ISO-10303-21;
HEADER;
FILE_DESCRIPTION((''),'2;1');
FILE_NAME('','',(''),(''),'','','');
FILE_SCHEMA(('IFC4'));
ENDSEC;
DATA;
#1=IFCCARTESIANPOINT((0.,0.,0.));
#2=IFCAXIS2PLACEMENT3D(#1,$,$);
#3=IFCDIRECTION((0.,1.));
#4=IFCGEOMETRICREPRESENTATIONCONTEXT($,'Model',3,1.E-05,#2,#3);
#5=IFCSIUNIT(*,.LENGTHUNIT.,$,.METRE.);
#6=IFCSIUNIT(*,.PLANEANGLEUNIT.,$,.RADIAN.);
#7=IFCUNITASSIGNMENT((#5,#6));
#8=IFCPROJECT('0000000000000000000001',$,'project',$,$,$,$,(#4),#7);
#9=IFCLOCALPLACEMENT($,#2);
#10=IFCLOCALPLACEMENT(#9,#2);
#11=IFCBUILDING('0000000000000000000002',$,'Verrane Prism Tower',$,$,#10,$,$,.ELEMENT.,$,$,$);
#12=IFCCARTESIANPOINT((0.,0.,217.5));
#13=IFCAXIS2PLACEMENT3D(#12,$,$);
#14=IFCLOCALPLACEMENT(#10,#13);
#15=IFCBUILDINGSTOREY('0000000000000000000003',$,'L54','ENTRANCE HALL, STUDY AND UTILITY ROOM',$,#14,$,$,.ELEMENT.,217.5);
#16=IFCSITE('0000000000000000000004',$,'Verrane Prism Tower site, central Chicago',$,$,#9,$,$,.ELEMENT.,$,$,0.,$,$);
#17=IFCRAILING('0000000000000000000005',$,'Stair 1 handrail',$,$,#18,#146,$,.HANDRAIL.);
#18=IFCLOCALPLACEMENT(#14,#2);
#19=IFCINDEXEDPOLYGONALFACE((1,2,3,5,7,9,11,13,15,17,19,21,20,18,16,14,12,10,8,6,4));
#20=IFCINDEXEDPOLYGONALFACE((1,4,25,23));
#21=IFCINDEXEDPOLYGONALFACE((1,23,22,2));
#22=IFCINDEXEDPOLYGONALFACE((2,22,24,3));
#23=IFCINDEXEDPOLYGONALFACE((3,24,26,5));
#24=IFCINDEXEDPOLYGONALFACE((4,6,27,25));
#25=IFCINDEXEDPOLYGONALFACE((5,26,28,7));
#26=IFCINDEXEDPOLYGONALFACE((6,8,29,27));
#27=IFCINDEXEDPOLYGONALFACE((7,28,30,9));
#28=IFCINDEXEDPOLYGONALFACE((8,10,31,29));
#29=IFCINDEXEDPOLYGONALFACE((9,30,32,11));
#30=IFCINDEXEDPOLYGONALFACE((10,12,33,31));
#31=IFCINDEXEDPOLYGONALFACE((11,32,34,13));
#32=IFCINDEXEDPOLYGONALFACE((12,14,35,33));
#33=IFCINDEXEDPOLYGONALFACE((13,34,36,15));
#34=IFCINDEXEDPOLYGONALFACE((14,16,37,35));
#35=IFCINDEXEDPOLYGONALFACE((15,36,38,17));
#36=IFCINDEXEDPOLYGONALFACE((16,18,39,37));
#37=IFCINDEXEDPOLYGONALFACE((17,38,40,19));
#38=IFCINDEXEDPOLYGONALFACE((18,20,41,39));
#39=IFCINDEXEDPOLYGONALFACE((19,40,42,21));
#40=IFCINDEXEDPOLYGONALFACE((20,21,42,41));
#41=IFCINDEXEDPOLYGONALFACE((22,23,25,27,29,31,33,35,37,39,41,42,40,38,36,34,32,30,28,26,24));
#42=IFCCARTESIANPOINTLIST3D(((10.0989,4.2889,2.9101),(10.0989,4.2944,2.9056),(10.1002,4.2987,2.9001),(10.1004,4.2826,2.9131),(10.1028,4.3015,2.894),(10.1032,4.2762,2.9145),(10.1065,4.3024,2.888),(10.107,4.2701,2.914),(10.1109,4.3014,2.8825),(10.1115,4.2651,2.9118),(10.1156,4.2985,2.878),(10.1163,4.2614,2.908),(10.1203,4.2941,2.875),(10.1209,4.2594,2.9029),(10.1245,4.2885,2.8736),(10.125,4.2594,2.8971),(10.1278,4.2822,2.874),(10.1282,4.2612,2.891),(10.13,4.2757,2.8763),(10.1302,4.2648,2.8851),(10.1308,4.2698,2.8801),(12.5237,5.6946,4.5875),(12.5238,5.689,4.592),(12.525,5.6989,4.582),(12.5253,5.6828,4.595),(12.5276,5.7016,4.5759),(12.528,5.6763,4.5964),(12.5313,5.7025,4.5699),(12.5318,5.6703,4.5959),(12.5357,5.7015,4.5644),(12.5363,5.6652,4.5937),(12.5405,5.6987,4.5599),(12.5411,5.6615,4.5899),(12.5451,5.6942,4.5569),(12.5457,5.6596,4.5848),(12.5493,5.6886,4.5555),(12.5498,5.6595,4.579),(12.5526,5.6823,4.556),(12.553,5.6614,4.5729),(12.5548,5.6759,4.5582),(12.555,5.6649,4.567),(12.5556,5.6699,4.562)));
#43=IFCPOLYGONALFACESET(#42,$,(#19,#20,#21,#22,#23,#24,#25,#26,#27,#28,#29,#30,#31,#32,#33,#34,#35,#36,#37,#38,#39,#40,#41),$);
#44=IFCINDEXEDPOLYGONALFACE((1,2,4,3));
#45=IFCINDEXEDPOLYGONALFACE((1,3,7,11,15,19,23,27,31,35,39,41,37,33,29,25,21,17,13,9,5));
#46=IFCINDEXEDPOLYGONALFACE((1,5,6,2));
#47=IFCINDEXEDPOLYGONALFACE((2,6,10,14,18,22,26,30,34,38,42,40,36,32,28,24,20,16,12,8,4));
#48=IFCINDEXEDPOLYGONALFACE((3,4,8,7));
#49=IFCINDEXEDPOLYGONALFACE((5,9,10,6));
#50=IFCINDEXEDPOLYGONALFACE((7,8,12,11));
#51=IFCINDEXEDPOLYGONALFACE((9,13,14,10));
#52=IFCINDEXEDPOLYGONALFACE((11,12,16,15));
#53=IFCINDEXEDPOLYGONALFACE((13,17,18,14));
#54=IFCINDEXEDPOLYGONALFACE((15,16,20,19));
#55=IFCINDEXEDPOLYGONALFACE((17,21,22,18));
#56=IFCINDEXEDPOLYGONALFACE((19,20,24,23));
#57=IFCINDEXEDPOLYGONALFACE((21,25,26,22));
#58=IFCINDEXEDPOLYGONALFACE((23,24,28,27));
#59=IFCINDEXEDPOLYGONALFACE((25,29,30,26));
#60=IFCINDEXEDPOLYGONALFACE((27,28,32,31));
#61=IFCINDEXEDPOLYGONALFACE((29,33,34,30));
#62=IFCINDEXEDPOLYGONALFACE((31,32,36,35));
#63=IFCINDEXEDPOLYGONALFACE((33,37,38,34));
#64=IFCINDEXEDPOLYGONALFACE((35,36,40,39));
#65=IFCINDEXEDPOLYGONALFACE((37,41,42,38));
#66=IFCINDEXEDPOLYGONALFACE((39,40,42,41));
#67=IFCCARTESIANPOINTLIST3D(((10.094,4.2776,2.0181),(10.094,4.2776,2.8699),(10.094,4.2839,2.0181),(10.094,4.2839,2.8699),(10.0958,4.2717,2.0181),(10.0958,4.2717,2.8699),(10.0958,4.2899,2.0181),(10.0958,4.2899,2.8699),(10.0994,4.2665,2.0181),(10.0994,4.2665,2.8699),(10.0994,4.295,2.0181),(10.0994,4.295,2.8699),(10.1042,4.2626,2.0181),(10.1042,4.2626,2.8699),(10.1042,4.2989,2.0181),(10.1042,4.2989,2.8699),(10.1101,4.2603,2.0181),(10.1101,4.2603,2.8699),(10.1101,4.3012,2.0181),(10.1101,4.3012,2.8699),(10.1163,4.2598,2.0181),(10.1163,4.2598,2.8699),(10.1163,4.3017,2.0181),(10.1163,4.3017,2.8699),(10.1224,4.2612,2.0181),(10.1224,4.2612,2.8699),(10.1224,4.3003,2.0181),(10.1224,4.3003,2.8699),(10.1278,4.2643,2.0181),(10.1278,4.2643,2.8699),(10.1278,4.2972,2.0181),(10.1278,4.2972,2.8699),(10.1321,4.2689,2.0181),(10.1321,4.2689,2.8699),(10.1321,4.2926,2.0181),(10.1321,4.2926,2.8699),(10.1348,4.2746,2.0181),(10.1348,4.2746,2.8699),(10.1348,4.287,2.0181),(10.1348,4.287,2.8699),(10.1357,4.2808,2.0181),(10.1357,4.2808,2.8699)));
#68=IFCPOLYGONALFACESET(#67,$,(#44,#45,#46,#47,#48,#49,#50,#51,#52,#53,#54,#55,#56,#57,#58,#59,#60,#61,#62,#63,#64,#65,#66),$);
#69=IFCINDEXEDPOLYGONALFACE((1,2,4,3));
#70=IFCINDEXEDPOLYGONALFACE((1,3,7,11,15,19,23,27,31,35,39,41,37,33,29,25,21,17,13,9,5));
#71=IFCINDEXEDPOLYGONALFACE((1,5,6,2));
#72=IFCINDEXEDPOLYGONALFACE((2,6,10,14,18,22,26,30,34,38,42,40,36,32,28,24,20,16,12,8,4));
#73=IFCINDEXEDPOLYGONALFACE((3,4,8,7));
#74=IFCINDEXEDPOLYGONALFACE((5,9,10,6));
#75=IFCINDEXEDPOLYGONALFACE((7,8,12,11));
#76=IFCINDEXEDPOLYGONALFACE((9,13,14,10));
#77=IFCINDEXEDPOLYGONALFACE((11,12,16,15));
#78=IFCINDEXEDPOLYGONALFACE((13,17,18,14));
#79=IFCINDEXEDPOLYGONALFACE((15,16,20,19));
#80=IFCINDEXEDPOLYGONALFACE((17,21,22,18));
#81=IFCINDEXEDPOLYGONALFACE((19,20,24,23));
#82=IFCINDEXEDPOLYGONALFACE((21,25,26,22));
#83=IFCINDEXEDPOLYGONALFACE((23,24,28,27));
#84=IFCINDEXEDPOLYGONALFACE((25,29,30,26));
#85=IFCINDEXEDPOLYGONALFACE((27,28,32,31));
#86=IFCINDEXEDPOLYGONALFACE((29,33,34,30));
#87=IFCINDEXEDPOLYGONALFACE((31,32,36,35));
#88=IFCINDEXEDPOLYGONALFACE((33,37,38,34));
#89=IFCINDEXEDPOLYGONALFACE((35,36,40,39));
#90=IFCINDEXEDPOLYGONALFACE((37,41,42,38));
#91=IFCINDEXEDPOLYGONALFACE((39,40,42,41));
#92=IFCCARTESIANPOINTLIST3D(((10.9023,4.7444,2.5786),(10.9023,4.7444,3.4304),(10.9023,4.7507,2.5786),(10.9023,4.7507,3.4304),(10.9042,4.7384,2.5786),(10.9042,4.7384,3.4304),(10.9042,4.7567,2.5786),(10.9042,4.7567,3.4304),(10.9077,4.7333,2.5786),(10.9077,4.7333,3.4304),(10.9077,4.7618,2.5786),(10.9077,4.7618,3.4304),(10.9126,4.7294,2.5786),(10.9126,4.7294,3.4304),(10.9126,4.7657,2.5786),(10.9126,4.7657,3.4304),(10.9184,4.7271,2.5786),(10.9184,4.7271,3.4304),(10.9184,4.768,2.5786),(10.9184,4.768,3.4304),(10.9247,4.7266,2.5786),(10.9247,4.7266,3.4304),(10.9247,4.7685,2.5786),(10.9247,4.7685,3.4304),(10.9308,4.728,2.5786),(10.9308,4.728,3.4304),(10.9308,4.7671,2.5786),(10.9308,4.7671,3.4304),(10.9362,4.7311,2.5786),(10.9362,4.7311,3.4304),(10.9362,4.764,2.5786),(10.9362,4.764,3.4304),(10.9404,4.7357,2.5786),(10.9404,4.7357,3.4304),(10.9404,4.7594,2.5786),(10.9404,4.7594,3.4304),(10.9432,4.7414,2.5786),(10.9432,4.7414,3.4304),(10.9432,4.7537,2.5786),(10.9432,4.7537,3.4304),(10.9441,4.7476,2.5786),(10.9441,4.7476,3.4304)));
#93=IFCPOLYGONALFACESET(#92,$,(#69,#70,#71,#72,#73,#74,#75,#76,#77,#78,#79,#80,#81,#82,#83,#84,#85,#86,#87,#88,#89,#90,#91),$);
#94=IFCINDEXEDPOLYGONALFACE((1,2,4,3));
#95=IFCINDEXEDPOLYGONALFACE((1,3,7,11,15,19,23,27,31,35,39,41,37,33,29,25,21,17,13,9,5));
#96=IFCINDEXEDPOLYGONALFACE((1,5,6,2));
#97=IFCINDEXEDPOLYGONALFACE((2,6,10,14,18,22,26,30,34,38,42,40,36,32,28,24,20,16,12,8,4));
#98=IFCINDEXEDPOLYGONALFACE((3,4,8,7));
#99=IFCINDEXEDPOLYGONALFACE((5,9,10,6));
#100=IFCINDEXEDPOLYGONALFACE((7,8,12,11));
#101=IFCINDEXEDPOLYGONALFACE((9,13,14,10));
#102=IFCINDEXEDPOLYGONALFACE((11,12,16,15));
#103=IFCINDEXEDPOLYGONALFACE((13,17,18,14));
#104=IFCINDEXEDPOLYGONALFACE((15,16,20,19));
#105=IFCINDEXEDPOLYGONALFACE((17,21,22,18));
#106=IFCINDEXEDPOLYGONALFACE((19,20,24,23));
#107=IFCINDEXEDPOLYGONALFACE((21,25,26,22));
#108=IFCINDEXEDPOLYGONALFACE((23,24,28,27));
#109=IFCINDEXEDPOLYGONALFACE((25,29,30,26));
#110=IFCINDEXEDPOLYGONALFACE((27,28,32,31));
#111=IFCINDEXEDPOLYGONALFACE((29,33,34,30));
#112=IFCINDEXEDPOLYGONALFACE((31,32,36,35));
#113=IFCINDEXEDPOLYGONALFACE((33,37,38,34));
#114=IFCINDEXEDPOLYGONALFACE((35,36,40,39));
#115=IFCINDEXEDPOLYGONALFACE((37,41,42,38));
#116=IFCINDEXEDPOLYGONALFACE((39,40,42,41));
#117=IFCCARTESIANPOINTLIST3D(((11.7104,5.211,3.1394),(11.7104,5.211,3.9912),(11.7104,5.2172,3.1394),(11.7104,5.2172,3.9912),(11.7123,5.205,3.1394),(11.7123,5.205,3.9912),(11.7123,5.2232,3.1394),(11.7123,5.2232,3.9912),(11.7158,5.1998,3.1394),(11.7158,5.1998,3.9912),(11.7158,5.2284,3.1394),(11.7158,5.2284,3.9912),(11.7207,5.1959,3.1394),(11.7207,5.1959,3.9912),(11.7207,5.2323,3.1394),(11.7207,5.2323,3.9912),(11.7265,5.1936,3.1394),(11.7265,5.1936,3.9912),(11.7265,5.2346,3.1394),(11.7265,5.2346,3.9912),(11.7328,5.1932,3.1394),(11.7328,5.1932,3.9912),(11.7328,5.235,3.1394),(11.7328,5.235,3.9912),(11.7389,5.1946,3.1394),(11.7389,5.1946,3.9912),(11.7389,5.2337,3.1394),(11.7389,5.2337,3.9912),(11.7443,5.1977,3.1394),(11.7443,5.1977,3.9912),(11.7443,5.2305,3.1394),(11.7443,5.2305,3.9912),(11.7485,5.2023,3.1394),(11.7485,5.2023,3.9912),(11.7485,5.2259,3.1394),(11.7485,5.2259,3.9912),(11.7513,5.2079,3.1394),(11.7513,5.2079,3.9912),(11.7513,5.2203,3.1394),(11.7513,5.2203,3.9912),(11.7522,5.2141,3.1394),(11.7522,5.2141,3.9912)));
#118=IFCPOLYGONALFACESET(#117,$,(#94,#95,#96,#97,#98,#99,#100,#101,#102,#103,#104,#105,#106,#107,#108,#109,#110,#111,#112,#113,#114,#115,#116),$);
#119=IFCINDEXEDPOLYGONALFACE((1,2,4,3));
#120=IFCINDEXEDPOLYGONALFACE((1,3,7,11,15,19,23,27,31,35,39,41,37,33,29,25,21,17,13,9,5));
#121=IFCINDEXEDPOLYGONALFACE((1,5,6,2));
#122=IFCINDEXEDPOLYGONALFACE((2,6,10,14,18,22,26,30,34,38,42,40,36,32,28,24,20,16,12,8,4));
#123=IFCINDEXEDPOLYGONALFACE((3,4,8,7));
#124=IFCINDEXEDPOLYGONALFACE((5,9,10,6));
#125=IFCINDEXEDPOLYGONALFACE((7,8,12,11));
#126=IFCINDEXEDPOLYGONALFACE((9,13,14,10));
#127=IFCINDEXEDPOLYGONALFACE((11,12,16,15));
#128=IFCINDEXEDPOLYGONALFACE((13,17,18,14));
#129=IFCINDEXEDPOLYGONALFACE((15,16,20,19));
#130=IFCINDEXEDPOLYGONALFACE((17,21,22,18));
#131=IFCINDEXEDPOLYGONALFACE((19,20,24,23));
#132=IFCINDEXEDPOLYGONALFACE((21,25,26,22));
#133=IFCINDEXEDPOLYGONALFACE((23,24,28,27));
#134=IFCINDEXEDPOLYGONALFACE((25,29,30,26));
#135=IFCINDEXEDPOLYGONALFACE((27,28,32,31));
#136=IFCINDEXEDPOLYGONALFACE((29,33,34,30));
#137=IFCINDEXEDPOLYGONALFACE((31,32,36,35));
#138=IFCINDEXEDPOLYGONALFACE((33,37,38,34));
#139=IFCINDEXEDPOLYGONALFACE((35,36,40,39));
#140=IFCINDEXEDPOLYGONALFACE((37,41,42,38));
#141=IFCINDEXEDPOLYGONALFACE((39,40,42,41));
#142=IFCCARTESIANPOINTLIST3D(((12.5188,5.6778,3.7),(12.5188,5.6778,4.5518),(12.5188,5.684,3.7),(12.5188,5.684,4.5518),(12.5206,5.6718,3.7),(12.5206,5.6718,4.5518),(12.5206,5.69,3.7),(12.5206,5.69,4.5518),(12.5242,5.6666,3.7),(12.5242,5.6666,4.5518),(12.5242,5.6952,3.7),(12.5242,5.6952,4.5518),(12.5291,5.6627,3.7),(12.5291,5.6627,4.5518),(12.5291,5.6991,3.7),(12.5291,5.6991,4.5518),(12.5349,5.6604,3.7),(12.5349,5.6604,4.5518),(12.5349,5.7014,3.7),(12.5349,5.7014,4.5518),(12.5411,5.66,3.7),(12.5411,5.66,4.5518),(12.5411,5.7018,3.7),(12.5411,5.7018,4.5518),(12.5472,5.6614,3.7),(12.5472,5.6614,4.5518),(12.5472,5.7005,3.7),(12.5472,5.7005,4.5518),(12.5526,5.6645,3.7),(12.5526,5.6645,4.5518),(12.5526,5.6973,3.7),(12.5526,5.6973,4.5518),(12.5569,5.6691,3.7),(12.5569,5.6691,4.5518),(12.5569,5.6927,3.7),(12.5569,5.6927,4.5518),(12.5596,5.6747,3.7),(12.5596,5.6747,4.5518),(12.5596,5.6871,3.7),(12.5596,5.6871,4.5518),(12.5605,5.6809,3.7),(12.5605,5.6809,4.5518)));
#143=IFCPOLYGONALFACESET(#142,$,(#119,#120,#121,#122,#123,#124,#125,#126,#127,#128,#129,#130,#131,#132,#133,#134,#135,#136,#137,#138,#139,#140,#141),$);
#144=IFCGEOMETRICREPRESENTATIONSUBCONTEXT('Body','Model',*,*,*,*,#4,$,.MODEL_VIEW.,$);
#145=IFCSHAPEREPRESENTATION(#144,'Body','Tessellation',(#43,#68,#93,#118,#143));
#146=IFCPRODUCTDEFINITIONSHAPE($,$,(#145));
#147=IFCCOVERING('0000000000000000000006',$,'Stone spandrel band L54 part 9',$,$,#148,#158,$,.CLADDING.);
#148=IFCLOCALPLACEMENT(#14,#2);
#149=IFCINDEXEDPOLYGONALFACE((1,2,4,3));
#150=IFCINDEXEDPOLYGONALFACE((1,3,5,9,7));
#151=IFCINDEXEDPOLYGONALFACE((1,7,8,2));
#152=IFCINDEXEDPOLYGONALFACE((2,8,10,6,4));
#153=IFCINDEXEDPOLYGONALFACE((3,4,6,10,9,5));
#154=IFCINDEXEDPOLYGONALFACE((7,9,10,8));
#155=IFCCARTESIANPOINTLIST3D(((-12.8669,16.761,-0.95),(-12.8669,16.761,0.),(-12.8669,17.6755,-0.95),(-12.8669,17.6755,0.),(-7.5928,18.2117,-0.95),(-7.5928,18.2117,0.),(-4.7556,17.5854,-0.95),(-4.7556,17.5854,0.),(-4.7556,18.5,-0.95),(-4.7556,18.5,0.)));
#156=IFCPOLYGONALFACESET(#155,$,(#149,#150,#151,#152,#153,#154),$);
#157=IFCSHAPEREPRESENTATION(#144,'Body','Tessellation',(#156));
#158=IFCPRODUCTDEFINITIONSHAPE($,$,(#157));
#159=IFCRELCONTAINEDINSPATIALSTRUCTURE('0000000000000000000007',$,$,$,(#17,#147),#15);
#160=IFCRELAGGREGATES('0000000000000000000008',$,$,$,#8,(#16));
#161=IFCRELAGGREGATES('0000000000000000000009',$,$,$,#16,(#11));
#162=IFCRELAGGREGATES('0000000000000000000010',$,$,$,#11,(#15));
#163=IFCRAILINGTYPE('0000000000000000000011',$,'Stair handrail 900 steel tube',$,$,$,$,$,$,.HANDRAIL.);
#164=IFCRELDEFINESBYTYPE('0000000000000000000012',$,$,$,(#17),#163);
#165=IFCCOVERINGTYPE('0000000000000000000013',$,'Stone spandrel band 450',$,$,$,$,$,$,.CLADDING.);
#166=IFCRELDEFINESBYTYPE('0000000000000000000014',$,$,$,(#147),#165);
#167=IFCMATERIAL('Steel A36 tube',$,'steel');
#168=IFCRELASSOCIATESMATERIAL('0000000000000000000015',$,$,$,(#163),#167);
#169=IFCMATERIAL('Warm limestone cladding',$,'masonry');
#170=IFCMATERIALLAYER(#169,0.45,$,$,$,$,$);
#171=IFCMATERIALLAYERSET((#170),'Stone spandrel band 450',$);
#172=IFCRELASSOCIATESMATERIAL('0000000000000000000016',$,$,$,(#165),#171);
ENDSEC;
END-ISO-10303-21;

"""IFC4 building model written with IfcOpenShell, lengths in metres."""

from ifc_helpers import new_model, si_unit, direction, frame, origin, origin_2d, place, context, subcontext, project, spatial, polyline, circle, outline, extrude, material, layer, layer_set, type_object, element, save


model = new_model("IFC4")

# Units and contexts
model_context = context("Model", 3, precision=1e-05, world=origin(), true_north=direction((0.0, 1.0)))
body_context = subcontext(model_context, "Body", "Model", "MODEL_VIEW")
ifc_project = project(units=[si_unit("LENGTHUNIT", "METRE"), si_unit("PLANEANGLEUNIT", "RADIAN")], contexts=[model_context])

# Site, building, storey
site_placement = place(None, origin())
site = spatial("IfcSite", under=ifc_project, at=site_placement, Name="Verrane Prism Tower site, central Chicago", CompositionType="ELEMENT", RefElevation=0.0)
building_placement = place(site_placement, origin())
building = spatial("IfcBuilding", under=site, at=building_placement, Name="Verrane Prism Tower", CompositionType="ELEMENT")
storey_placement = place(building_placement, frame((0.0, 0.0, 217.5)))
storey = spatial("IfcBuildingStorey", under=building, at=storey_placement, Name="L54", Description="ENTRANCE HALL, STUDY AND UTILITY ROOM", CompositionType="ELEMENT", Elevation=217.5)

# Railing
ifc_material_1 = material(Name="Steel A36 tube", Category="steel")
railing_type = type_object("IfcRailingType", Name="Stair handrail 900 steel tube", PredefinedType="HANDRAIL", material=ifc_material_1)
railing_placement = place(storey_placement, frame((10.1147, 4.2808, 2.0181)))
element("IfcRailing", 1, at=railing_placement, inside=storey, type_object=railing_type, Name="Stair 1 handrail", PredefinedType="HANDRAIL", context=body_context, shape_type="SweptSolid", body=[
    extrude(circle(Radius=0.0239, at=origin_2d()), frame((0.0, 0.0, 0.876), z_axis=(0.742367, 0.428662, 0.514918), x_axis=(-0.50005, 0.865997, 0.0)), (0.0, 0.0, 1.0), 3.2664),
    extrude(circle(Radius=0.021, at=origin_2d()), origin(), (0.0, 0.0, 1.0), 0.8518),
    extrude(circle(Radius=0.021, at=origin_2d()), frame((0.8083, 0.4668, 0.5605)), (0.0, 0.0, 1.0), 0.8518),
    extrude(circle(Radius=0.021, at=origin_2d()), frame((1.6165, 0.9333, 1.1213)), (0.0, 0.0, 1.0), 0.8518),
    extrude(circle(Radius=0.021, at=origin_2d()), frame((2.4248, 1.4001, 1.6819)), (0.0, 0.0, 1.0), 0.8518),
])

# Covering
ifc_material_2 = material(Name="Warm limestone cladding", Category="masonry")
ifc_layer_1 = layer(ifc_material_2, 0.45)
ifc_layer_set_1 = layer_set([ifc_layer_1], Name="Stone spandrel band 450")
covering_type = type_object("IfcCoveringType", Name="Stone spandrel band 450", PredefinedType="CLADDING", material=ifc_layer_set_1)
covering_placement = place(storey_placement, frame((0.0, 0.0, -0.95)))
element("IfcCovering", 2, at=covering_placement, inside=storey, type_object=covering_type, Name="Stone spandrel band L54 part 9", PredefinedType="CLADDING", context=body_context, shape_type="SweptSolid", body=[
    extrude(outline(polyline([(-12.8669, 16.761), (-4.7556, 17.5854), (-4.7556, 18.5), (-7.5928, 18.2117), (-12.8669, 17.6755), (-12.8669, 16.761)])), origin(), (0.0, 0.0, 1.0), 0.95),
])

save(model, "model.ifc")
